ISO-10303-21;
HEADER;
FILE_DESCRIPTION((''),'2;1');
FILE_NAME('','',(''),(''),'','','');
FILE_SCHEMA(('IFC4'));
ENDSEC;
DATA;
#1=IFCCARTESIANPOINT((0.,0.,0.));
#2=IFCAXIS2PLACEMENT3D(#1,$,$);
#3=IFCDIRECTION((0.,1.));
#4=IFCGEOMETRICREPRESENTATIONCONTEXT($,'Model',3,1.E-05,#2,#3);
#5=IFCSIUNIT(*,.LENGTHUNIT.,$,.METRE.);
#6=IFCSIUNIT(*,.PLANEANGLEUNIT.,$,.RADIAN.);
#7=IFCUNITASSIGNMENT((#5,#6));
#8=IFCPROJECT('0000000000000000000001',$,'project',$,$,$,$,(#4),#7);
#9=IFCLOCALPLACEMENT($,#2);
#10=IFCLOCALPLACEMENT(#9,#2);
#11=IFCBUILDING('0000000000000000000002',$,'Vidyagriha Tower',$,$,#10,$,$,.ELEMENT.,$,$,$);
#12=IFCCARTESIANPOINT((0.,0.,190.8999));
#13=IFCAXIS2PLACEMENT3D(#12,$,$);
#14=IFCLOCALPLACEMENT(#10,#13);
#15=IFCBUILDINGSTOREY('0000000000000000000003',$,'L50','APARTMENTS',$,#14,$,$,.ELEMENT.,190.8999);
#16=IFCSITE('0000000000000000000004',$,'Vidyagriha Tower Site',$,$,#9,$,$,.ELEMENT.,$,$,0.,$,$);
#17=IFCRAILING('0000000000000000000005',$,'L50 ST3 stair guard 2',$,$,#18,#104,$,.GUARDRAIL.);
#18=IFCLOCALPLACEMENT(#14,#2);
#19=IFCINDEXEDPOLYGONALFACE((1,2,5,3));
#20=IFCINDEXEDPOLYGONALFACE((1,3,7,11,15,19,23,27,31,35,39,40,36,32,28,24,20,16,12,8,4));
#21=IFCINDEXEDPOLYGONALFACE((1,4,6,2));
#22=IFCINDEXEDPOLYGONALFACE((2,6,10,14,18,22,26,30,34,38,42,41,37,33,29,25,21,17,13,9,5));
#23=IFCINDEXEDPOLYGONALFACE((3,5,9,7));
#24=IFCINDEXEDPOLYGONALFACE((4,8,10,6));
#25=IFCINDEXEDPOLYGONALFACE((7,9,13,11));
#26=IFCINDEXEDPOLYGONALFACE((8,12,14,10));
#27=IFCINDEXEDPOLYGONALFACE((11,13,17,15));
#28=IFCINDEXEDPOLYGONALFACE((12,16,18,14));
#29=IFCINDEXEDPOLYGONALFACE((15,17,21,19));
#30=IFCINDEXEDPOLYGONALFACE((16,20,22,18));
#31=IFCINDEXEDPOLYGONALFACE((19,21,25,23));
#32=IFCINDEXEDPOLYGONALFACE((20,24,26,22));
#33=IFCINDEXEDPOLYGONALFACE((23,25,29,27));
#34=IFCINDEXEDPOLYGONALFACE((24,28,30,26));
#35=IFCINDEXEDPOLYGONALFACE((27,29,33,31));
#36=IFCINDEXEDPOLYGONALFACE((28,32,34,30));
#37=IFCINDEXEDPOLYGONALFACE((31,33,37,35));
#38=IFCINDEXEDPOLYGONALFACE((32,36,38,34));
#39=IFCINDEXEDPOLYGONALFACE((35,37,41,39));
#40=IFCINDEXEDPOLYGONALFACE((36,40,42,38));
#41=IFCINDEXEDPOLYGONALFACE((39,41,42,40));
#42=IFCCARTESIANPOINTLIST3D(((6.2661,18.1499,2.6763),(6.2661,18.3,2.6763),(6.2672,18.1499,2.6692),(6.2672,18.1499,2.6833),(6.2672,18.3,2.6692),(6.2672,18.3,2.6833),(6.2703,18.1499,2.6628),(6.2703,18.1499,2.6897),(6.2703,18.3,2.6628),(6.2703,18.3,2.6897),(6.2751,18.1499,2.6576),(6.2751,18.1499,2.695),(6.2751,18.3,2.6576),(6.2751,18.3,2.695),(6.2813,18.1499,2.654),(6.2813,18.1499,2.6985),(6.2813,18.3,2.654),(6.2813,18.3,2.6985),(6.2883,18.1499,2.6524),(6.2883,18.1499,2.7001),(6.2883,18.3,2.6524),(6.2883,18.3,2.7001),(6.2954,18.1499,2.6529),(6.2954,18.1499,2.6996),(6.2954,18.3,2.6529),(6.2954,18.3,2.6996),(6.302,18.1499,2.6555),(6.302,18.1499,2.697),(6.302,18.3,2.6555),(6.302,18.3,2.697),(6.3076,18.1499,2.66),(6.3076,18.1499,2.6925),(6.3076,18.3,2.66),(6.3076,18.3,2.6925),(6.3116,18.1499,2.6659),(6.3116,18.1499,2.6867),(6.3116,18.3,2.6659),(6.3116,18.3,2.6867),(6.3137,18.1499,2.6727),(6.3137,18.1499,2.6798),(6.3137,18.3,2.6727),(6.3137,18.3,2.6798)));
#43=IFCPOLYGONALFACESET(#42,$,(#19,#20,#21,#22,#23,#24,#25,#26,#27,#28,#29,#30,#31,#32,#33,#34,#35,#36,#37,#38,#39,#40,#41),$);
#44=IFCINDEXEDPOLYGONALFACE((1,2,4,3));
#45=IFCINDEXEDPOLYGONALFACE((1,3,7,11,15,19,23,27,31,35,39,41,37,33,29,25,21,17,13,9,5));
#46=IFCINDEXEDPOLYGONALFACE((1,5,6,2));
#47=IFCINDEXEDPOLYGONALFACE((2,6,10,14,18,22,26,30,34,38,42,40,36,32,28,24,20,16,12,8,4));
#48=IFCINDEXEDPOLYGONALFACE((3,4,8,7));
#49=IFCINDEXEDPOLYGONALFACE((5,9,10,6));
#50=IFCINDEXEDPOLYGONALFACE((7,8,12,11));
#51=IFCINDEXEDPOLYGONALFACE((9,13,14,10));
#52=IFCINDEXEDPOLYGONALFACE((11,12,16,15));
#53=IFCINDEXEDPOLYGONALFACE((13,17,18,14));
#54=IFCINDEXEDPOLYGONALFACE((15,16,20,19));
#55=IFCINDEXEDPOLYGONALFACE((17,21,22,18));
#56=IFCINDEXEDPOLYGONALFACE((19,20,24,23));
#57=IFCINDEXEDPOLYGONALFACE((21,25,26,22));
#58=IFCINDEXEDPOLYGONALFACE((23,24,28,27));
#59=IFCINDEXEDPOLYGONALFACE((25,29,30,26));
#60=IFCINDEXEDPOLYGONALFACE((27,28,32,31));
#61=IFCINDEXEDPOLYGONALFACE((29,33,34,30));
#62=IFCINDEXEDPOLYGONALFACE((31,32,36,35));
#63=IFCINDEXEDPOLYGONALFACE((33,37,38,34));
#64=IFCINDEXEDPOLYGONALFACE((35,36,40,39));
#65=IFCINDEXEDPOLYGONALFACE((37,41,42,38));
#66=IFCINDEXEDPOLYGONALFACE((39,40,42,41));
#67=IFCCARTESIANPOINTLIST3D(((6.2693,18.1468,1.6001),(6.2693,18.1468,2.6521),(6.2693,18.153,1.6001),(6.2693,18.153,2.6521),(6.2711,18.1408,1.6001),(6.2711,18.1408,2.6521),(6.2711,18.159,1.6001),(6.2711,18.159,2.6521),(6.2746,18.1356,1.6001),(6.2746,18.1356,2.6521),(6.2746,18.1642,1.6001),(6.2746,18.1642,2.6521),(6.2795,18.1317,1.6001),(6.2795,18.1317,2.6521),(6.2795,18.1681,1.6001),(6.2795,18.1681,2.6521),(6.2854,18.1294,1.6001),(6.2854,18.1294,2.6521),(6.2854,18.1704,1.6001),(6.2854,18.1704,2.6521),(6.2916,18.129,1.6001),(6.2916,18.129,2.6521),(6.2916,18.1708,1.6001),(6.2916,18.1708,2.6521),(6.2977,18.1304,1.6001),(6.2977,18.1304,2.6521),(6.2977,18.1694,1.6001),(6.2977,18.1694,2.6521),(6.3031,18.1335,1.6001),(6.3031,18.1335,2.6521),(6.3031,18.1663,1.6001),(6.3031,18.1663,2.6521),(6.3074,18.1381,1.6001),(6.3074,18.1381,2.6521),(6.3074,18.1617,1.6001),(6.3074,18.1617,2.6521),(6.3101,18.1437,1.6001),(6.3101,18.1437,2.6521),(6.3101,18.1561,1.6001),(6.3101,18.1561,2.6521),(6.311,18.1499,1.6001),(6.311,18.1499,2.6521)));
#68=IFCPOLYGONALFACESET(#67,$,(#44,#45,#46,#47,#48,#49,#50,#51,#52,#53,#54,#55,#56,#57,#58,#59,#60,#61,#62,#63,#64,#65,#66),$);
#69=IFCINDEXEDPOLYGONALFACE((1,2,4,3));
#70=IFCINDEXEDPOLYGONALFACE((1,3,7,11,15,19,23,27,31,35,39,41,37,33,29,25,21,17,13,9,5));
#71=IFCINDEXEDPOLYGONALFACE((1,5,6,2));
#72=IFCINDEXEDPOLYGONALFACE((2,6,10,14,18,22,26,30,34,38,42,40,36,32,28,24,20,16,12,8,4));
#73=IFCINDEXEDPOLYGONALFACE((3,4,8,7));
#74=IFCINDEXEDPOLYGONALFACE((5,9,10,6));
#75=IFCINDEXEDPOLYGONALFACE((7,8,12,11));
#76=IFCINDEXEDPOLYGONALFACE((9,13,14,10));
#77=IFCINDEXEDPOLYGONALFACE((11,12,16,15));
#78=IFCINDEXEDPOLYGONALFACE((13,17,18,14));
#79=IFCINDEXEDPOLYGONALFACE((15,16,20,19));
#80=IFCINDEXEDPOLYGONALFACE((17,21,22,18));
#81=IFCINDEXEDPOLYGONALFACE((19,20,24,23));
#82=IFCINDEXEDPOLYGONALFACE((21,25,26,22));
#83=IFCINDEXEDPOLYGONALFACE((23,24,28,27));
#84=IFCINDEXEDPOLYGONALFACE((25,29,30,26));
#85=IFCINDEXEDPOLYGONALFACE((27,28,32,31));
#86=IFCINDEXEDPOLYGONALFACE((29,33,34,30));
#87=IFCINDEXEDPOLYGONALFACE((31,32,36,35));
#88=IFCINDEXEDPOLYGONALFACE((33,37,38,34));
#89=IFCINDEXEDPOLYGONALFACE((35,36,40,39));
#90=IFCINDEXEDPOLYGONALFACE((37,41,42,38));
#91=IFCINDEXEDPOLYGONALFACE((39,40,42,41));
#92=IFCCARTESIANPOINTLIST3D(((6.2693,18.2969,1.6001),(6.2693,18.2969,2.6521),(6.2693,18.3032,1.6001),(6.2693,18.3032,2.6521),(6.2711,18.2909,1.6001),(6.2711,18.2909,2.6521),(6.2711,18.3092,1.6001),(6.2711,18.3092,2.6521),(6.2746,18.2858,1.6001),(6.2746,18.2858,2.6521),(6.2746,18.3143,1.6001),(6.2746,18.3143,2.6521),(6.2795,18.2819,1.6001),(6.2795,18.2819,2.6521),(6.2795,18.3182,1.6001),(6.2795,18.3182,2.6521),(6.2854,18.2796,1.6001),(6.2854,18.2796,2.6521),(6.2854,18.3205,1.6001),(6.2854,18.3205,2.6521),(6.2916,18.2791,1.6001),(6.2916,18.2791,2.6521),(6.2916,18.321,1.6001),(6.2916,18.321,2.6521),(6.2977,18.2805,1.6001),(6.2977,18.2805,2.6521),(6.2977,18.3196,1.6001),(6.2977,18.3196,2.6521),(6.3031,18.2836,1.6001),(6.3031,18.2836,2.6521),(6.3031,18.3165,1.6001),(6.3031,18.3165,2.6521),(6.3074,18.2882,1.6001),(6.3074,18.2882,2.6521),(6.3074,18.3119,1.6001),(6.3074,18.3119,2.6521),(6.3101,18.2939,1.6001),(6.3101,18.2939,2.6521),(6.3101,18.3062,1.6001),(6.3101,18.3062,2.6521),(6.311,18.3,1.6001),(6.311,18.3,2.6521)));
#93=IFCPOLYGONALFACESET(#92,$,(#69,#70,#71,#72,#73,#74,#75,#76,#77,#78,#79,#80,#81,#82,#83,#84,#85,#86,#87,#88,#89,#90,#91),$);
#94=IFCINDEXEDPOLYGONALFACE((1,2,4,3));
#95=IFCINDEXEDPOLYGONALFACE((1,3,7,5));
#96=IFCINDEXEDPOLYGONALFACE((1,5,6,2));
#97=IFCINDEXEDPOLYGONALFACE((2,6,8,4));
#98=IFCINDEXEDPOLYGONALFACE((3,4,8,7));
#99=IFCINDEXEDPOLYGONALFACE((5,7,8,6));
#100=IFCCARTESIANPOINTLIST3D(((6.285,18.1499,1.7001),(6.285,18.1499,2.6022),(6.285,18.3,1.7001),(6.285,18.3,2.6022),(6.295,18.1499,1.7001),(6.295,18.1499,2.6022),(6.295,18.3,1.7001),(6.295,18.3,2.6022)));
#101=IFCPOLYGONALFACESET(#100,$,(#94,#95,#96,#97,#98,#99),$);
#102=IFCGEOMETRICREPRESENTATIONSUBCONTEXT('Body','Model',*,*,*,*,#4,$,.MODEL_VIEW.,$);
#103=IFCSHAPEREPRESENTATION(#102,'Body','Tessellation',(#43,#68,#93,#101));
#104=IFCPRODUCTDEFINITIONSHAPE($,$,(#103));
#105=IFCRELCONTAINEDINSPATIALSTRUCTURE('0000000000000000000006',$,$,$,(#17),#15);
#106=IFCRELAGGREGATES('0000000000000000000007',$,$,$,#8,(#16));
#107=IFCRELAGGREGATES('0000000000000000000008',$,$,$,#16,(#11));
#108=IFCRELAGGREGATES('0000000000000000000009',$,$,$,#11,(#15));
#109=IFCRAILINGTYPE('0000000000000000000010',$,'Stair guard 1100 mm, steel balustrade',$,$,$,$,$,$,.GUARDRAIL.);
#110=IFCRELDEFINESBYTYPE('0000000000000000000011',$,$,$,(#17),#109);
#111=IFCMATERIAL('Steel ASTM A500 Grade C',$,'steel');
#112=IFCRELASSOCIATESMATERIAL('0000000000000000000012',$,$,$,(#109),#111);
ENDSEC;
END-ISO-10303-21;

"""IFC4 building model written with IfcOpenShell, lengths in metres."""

from ifc_helpers import new_model, si_unit, direction, frame, origin, origin_2d, place, context, subcontext, project, spatial, rectangle, circle, extrude, material, type_object, element, save


model = new_model("IFC4")

# Units and contexts
model_context = context("Model", 3, precision=1e-05, world=origin(), true_north=direction((0.0, 1.0)))
body_context = subcontext(model_context, "Body", "Model", "MODEL_VIEW")
ifc_project = project(units=[si_unit("LENGTHUNIT", "METRE"), si_unit("PLANEANGLEUNIT", "RADIAN")], contexts=[model_context])

# Site, building, storey
site_placement = place(None, origin())
site = spatial("IfcSite", under=ifc_project, at=site_placement, Name="Vidyagriha Tower Site", CompositionType="ELEMENT", RefElevation=0.0)
building_placement = place(site_placement, origin())
building = spatial("IfcBuilding", under=site, at=building_placement, Name="Vidyagriha Tower", CompositionType="ELEMENT")
storey_placement = place(building_placement, frame((0.0, 0.0, 190.8999)))
storey = spatial("IfcBuildingStorey", under=building, at=storey_placement, Name="L50", Description="APARTMENTS", CompositionType="ELEMENT", Elevation=190.8999)

# Railing
ifc_material_1 = material(Name="Steel ASTM A500 Grade C", Category="steel")
railing_type_1 = type_object("IfcRailingType", Name="Stair guard 1100 mm, steel balustrade", PredefinedType="GUARDRAIL", material=ifc_material_1)
railing_1_placement = place(storey_placement, frame((6.29, 18.1499, 1.6001)))
element("IfcRailing", 1, at=railing_1_placement, inside=storey, type_object=railing_type_1, Name="L50 ST3 stair guard 2", PredefinedType="GUARDRAIL", context=body_context, shape_type="SweptSolid", body=[
    extrude(circle(Radius=0.0239, at=origin_2d()), frame((0.0, 0.0, 1.0762), z_axis=(0.0, 1.0, 0.0), x_axis=(-1.0, 0.0, 0.0)), (0.0, 0.0, 1.0), 0.1501),
    extrude(circle(Radius=0.021, at=origin_2d()), origin(), (0.0, 0.0, 1.0), 1.052),
    extrude(circle(Radius=0.021, at=origin_2d()), frame((0.0, 0.1501, 0.0)), (0.0, 0.0, 1.0), 1.052),
    extrude(rectangle(XDim=0.01, YDim=0.9021, at=origin_2d()), frame((0.0, 0.0, 0.551), z_axis=(0.0, 1.0, 0.0), x_axis=(-1.0, 0.0, 0.0)), (0.0, 0.0, 1.0), 0.1501),
])

save(model, "model.ifc")
